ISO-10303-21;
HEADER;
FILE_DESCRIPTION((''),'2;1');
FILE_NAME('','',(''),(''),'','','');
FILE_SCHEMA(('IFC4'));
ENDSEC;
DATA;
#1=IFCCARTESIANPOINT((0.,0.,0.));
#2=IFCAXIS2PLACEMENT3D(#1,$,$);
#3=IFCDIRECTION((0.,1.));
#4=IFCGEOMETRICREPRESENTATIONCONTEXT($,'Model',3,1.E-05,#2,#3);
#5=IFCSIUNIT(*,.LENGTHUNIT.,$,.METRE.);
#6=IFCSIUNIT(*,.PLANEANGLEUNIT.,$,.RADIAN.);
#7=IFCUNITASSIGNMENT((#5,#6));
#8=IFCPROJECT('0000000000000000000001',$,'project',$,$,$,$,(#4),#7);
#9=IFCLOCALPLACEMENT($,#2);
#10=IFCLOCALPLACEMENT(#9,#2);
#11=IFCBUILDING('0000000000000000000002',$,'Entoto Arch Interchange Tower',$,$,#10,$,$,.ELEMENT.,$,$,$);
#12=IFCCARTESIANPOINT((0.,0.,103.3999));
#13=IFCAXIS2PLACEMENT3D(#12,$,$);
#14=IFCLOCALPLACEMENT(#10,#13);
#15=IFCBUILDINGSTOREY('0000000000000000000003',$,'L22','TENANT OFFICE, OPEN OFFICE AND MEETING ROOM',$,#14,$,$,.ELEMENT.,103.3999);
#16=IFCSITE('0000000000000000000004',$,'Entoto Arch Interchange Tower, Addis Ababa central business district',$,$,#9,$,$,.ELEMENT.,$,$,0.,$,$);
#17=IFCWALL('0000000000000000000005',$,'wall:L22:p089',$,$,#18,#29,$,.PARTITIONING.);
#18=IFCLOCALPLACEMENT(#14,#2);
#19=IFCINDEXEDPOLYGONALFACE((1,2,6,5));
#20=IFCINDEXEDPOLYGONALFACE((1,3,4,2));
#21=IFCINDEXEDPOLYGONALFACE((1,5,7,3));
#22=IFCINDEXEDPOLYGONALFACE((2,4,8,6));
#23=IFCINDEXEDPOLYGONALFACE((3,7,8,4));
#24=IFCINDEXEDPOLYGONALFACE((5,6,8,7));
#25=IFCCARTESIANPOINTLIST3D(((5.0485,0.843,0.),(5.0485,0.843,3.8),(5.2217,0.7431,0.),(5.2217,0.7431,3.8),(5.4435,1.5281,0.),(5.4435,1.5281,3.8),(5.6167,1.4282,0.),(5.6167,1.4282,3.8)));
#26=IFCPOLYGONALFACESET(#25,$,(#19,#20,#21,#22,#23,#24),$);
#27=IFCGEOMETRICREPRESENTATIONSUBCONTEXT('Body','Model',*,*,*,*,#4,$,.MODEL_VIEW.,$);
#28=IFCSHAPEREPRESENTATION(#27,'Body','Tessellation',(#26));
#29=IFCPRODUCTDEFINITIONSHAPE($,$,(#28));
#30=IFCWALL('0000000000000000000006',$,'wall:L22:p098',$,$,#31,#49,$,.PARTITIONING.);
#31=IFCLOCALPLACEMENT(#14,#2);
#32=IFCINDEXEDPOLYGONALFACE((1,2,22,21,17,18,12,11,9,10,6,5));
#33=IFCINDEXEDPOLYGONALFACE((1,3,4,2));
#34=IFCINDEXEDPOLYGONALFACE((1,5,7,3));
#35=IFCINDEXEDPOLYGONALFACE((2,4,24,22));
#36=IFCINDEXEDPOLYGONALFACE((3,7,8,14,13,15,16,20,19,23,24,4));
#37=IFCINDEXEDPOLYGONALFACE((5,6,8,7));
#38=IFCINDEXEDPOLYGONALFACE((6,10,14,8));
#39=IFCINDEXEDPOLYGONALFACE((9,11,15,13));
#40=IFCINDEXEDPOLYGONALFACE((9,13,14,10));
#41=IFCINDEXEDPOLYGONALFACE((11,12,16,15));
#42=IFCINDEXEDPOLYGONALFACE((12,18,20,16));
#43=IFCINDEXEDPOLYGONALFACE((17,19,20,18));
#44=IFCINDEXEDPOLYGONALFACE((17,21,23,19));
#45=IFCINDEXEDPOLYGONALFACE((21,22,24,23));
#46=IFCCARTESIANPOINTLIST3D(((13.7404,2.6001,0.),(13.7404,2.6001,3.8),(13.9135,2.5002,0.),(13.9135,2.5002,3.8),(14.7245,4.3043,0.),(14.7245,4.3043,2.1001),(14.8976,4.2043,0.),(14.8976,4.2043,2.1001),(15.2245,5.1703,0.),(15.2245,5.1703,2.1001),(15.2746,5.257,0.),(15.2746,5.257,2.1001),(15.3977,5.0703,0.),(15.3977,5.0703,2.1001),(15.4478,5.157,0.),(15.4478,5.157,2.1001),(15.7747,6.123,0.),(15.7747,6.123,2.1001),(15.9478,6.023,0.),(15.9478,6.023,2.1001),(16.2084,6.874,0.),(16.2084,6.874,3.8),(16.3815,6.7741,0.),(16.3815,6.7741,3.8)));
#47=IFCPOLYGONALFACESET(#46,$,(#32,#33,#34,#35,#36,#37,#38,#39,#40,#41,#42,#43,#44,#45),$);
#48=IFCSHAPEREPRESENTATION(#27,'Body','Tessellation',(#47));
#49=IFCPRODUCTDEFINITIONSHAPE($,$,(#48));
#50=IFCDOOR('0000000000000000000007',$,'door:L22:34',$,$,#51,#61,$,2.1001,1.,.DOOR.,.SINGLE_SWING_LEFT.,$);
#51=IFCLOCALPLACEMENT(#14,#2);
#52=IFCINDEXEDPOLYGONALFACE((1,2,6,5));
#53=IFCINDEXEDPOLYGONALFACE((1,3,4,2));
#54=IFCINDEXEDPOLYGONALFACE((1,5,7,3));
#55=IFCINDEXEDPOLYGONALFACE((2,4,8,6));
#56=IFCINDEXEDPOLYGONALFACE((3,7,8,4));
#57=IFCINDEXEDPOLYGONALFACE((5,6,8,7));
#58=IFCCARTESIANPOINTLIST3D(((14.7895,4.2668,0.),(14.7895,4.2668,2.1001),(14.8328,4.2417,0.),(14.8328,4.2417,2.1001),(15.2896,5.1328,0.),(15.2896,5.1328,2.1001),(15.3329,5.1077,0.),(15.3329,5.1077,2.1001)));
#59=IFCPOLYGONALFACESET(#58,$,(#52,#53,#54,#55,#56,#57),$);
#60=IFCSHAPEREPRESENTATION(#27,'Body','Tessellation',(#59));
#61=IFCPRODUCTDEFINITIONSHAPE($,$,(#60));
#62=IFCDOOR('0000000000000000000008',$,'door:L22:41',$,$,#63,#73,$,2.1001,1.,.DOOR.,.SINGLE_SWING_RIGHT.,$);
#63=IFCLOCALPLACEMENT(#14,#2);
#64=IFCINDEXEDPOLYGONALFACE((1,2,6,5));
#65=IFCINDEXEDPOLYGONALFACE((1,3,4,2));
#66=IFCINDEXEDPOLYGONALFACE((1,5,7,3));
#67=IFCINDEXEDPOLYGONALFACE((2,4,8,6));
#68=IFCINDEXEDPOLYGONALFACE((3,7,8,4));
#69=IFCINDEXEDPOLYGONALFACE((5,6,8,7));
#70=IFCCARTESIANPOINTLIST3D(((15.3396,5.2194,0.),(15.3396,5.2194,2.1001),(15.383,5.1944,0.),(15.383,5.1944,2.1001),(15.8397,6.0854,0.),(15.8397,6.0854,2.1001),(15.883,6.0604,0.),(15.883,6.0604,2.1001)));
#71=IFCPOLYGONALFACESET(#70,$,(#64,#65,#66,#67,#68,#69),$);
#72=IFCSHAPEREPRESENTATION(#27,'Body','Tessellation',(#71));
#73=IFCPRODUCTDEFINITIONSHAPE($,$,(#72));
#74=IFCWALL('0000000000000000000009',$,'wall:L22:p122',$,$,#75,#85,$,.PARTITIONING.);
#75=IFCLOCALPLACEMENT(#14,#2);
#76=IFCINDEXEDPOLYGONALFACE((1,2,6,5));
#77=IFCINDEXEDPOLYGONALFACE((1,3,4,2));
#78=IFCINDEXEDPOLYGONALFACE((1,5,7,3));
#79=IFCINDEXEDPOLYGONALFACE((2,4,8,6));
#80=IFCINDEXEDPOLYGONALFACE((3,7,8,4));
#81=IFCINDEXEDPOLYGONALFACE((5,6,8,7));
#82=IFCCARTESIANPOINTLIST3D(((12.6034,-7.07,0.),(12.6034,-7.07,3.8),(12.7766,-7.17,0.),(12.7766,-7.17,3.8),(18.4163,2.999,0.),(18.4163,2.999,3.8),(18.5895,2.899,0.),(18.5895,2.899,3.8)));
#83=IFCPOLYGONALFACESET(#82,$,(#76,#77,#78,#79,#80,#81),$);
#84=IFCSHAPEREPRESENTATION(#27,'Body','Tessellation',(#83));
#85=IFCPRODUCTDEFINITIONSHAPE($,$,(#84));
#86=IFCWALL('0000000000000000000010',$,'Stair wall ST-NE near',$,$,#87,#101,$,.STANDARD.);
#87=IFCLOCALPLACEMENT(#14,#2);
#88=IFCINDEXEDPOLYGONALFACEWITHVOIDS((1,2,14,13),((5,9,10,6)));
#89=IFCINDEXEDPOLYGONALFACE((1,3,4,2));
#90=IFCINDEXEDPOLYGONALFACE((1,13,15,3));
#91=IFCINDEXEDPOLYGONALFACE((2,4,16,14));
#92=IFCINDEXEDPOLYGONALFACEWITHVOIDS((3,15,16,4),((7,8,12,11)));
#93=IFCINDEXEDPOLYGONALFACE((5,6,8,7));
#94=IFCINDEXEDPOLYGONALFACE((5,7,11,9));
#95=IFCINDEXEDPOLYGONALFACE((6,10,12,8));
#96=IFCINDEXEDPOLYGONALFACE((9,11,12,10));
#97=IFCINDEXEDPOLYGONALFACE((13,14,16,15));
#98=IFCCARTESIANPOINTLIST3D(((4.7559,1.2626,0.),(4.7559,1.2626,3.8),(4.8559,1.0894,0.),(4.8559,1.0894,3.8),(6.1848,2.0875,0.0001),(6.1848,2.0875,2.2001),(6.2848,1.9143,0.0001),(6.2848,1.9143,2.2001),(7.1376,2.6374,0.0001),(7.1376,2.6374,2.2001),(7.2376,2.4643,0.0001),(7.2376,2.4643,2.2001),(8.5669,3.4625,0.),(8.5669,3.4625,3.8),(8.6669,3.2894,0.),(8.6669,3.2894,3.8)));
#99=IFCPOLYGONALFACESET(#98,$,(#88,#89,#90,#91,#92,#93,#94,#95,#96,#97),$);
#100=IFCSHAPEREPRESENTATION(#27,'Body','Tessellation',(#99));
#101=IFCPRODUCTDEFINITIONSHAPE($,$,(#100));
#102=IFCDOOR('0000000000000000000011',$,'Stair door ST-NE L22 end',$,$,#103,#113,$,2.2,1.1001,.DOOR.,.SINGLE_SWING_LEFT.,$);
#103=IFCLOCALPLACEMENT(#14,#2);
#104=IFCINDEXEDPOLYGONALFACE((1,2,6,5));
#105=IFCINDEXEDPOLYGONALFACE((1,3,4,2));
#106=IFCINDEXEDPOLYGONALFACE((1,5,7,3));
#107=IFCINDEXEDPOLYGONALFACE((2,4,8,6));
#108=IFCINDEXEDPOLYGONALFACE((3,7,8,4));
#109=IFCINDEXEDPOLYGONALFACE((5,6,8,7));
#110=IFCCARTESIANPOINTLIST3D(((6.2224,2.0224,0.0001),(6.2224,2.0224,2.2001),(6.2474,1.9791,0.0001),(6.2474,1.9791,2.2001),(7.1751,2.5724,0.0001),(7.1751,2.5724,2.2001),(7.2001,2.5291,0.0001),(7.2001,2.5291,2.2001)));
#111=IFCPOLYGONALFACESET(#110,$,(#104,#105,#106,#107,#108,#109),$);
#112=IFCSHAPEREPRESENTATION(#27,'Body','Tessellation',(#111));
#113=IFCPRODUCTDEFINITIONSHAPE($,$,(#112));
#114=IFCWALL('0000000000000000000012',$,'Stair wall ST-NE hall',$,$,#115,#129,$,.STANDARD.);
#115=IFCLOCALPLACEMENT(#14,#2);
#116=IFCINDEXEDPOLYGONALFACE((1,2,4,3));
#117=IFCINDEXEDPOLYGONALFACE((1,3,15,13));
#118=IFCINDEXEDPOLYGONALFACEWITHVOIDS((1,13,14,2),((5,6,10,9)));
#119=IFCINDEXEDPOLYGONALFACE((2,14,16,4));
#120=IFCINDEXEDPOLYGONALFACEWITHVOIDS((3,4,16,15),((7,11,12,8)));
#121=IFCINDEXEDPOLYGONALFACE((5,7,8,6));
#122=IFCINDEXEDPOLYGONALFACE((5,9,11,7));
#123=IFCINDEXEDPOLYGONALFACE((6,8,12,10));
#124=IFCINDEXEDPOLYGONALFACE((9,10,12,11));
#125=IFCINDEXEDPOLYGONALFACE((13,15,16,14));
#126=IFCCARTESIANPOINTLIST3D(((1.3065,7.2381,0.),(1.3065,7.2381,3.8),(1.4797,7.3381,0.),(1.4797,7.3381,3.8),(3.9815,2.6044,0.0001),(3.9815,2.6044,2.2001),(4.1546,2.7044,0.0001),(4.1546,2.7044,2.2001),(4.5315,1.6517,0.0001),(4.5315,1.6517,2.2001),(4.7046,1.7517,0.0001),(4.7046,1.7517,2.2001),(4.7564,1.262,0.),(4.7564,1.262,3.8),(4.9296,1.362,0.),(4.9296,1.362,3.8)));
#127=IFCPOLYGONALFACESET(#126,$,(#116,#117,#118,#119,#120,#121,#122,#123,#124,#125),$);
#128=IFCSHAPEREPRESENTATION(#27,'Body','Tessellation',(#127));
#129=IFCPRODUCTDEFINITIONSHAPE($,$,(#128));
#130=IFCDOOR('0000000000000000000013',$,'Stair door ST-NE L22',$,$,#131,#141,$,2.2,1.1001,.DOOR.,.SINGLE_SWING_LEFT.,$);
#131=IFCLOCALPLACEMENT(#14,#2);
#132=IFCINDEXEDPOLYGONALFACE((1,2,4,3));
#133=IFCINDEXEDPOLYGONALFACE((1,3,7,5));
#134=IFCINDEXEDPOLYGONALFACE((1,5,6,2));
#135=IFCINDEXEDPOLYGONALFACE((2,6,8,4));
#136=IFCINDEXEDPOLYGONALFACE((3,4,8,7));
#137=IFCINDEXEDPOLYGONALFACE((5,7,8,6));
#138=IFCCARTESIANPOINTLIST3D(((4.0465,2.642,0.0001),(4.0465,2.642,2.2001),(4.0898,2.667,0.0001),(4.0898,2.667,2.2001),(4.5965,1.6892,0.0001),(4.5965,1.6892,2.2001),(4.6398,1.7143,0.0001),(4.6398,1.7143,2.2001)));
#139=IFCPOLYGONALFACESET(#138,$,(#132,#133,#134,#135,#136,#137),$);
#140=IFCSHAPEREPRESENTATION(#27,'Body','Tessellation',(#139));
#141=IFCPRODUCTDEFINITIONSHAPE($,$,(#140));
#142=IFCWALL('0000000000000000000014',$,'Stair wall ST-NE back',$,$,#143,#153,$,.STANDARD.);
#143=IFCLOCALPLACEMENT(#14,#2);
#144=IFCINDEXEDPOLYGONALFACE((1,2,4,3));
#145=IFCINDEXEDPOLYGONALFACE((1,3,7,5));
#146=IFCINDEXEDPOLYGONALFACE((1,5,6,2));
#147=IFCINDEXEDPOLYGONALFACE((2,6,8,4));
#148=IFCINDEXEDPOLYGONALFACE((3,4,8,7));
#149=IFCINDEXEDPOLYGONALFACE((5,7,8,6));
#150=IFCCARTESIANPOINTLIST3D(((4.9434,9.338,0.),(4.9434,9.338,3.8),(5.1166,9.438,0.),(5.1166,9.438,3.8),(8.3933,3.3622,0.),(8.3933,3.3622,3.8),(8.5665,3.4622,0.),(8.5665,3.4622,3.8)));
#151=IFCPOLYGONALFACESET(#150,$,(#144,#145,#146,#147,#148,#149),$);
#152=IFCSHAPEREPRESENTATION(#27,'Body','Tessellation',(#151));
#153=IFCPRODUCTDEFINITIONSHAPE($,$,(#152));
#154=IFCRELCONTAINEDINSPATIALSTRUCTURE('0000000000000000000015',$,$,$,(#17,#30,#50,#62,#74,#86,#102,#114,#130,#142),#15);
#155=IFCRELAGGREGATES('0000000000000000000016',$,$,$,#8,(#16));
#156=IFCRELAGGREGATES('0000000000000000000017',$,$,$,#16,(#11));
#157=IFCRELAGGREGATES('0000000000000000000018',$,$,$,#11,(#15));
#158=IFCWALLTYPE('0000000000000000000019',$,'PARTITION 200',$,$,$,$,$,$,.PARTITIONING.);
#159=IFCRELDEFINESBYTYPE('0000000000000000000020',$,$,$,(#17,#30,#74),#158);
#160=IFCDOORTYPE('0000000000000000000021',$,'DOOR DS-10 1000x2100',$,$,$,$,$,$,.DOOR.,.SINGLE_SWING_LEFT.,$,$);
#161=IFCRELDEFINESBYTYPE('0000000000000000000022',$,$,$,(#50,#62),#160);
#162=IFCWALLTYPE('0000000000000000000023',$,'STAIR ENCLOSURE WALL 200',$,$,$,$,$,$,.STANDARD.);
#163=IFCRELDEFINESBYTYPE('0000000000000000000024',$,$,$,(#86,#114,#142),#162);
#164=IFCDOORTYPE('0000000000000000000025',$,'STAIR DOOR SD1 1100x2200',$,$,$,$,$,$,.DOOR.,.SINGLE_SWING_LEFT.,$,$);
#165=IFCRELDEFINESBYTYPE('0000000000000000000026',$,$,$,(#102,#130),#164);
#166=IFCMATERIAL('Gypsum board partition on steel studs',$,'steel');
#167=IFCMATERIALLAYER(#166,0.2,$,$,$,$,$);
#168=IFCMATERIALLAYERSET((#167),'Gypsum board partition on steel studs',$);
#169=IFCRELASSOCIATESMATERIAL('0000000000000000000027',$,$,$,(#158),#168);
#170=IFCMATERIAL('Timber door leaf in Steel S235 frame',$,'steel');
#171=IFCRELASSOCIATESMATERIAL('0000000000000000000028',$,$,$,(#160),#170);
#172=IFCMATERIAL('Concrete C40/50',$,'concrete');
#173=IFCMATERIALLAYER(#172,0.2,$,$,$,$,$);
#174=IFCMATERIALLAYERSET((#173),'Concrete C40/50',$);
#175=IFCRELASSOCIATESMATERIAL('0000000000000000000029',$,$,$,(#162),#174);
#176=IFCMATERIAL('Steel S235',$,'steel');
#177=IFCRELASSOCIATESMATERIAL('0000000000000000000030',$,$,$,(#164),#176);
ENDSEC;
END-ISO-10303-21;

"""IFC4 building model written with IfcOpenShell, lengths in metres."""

from ifc_helpers import new_model, si_unit, direction, frame, frame_2d, origin, place, context, subcontext, project, spatial, rectangle, extrude, material, layer, layer_set, type_object, element, fill, save


model = new_model("IFC4")

# Units and contexts
model_context = context("Model", 3, precision=1e-05, world=origin(), true_north=direction((0.0, 1.0)))
body_context = subcontext(model_context, "Body", "Model", "MODEL_VIEW")
ifc_project = project(units=[si_unit("LENGTHUNIT", "METRE"), si_unit("PLANEANGLEUNIT", "RADIAN")], contexts=[model_context])

# Site, building, storey
site_placement = place(None, origin())
site = spatial("IfcSite", under=ifc_project, at=site_placement, Name="Entoto Arch Interchange Tower, Addis Ababa central business district", CompositionType="ELEMENT", RefElevation=0.0)
building_placement = place(site_placement, origin())
building = spatial("IfcBuilding", under=site, at=building_placement, Name="Entoto Arch Interchange Tower", CompositionType="ELEMENT")
storey_placement = place(building_placement, frame((0.0, 0.0, 103.3999)))
storey = spatial("IfcBuildingStorey", under=building, at=storey_placement, Name="L22", Description="TENANT OFFICE, OPEN OFFICE AND MEETING ROOM", CompositionType="ELEMENT", Elevation=103.3999)

# Shared definitions
ifc_material_1 = material(Name="Concrete C40/50", Category="concrete")
ifc_material_2 = material(Name="Gypsum board partition on steel studs", Category="steel")
ifc_layer_1 = layer(ifc_material_2, 0.2)
ifc_layer_set_1 = layer_set([ifc_layer_1], Name="Gypsum board partition on steel studs")
wall_type_1 = type_object("IfcWallType", Name="PARTITION 200", PredefinedType="PARTITIONING", material=ifc_layer_set_1)

# Shared definitions
ifc_material_3 = material(Name="Timber door leaf in Steel S235 frame", Category="steel")

# Wall
wall_1_placement = place(storey_placement, frame((5.135, 0.793, 0.0), z_axis=(0.0, 0.0, 1.0), x_axis=(0.499526, 0.866299, 0.0)))
element("IfcWall", 1, at=wall_1_placement, inside=storey, type_object=wall_type_1, Name="wall:L22:p089", PredefinedType="PARTITIONING", context=body_context, shape_type="SweptSolid", body=[
    extrude(rectangle(XDim=0.7908, YDim=0.2, at=frame_2d((0.3955, 0.0))), origin(), (0.0, 0.0, 1.0), 3.8),
])

# Wall, openings, doors
wall_2_placement = place(storey_placement, frame((13.8269, 2.55, 0.0), z_axis=(0.0, 0.0, 1.0), x_axis=(0.500071, 0.865985, 0.0)))
wall_2 = element("IfcWall", 2, at=wall_2_placement, inside=storey, type_object=wall_type_1, Name="wall:L22:p098", PredefinedType="PARTITIONING", context=body_context, shape_type="SweptSolid", body=[
    extrude(rectangle(XDim=4.9353, YDim=0.2, at=frame_2d((2.4678, 0.0))), origin(), (0.0, 0.0, 1.0), 3.8),
])
opening_1_placement = place(wall_2_placement, frame((1.968, 0.0, 0.0)))
opening_1 = element("IfcOpeningElement", 3, at=opening_1_placement, cuts=wall_2, PredefinedType="OPENING", context=body_context, shape_type="SweptSolid", body=[
    extrude(rectangle(XDim=1.0, YDim=2.1001, at=frame_2d((0.5, 1.05))), frame((0.0, 0.1099, 0.0), z_axis=(0.0, -1.0, 0.0), x_axis=(1.0, 0.0, 0.0)), (0.0, 0.0, 1.0), 0.22),
])
opening_2_placement = place(wall_2_placement, frame((3.0681, 0.0, 0.0)))
opening_2 = element("IfcOpeningElement", 4, at=opening_2_placement, cuts=wall_2, PredefinedType="OPENING", context=body_context, shape_type="SweptSolid", body=[
    extrude(rectangle(XDim=1.0, YDim=2.1001, at=frame_2d((0.5, 1.05))), frame((0.0, 0.1099, 0.0), z_axis=(0.0, -1.0, 0.0), x_axis=(1.0, 0.0, 0.0)), (0.0, 0.0, 1.0), 0.22),
])
door_type_1 = type_object("IfcDoorType", Name="DOOR DS-10 1000x2100", OperationType="SINGLE_SWING_LEFT", PredefinedType="DOOR", material=ifc_material_3)
door_1_placement = place(opening_1_placement, origin())
door_1 = element("IfcDoor", 5, at=door_1_placement, inside=storey, type_object=door_type_1, Name="door:L22:34", OperationType="SINGLE_SWING_LEFT", OverallHeight=2.1001, OverallWidth=1.0, PredefinedType="DOOR", context=body_context, shape_type="SweptSolid", body=[
    extrude(rectangle(XDim=1.0, YDim=2.1001, at=frame_2d((0.5, 1.05))), frame((0.0, 0.0249, 0.0), z_axis=(0.0, -1.0, 0.0), x_axis=(1.0, 0.0, 0.0)), (0.0, 0.0, 1.0), 0.05),
])
fill(opening_1, door_1)
door_2_placement = place(opening_2_placement, origin())
door_2 = element("IfcDoor", 6, at=door_2_placement, inside=storey, type_object=door_type_1, Name="door:L22:41", OperationType="SINGLE_SWING_RIGHT", OverallHeight=2.1001, OverallWidth=1.0, PredefinedType="DOOR", context=body_context, shape_type="SweptSolid", body=[
    extrude(rectangle(XDim=1.0, YDim=2.1001, at=frame_2d((0.5, 1.05))), frame((0.0, 0.0249, 0.0), z_axis=(0.0, -1.0, 0.0), x_axis=(1.0, 0.0, 0.0)), (0.0, 0.0, 1.0), 0.05),
])
fill(opening_2, door_2)

# Wall
wall_3_placement = place(storey_placement, frame((18.5029, 2.949, 0.0), z_axis=(0.0, 0.0, 1.0), x_axis=(-0.499974, -0.86604, 0.0)))
element("IfcWall", 7, at=wall_3_placement, inside=storey, type_object=wall_type_1, Name="wall:L22:p122", PredefinedType="PARTITIONING", context=body_context, shape_type="SweptSolid", body=[
    extrude(rectangle(XDim=11.6265, YDim=0.2, at=frame_2d((5.8132, 0.0))), origin(), (0.0, 0.0, 1.0), 3.8),
])

# Walls, openings, doors
ifc_layer_2 = layer(ifc_material_1, 0.2)
ifc_layer_set_2 = layer_set([ifc_layer_2], Name="Concrete C40/50")
wall_type_2 = type_object("IfcWallType", Name="STAIR ENCLOSURE WALL 200", PredefinedType="STANDARD", material=ifc_layer_set_2)
wall_4_placement = place(storey_placement, frame((4.8059, 1.176, 0.0), z_axis=(0.0, 0.0, 1.0), x_axis=(0.86606, 0.49994, 0.0)))
wall_4 = element("IfcWall", 8, at=wall_4_placement, inside=storey, type_object=wall_type_2, Name="Stair wall ST-NE near", PredefinedType="STANDARD", context=body_context, shape_type="SweptSolid", body=[
    extrude(rectangle(XDim=4.4004, YDim=0.2, at=frame_2d((2.2002, 0.0))), origin(), (0.0, 0.0, 1.0), 3.8),
])
opening_3_placement = place(wall_4_placement, frame((1.6499, 0.0, 0.0)))
opening_3 = element("IfcOpeningElement", 9, at=opening_3_placement, cuts=wall_4, PredefinedType="OPENING", context=body_context, shape_type="SweptSolid", body=[
    extrude(rectangle(XDim=1.1001, YDim=2.2, at=frame_2d((0.55, 1.1001))), frame((0.0, 0.1099, 0.0), z_axis=(0.0, -1.0, 0.0), x_axis=(1.0, 0.0, 0.0)), (0.0, 0.0, 1.0), 0.22),
])
ifc_material_4 = material(Name="Steel S235", Category="steel")
door_type_2 = type_object("IfcDoorType", Name="STAIR DOOR SD1 1100x2200", OperationType="SINGLE_SWING_LEFT", PredefinedType="DOOR", material=ifc_material_4)
door_3_placement = place(opening_3_placement, origin())
door_3 = element("IfcDoor", 10, at=door_3_placement, inside=storey, type_object=door_type_2, Name="Stair door ST-NE L22 end", OperationType="SINGLE_SWING_LEFT", OverallHeight=2.2, OverallWidth=1.1001, PredefinedType="DOOR", context=body_context, shape_type="SweptSolid", body=[
    extrude(rectangle(XDim=1.1001, YDim=2.2, at=frame_2d((0.55, 1.1001))), frame((0.0, 0.0249, 0.0), z_axis=(0.0, -1.0, 0.0), x_axis=(1.0, 0.0, 0.0)), (0.0, 0.0, 1.0), 0.05),
])
fill(opening_3, door_3)
wall_5_placement = place(storey_placement, frame((4.843, 1.312, 0.0), z_axis=(0.0, 0.0, 1.0), x_axis=(-0.499963, 0.866047, 0.0)))
wall_5 = element("IfcWall", 11, at=wall_5_placement, inside=storey, type_object=wall_type_2, Name="Stair wall ST-NE hall", PredefinedType="STANDARD", context=body_context, shape_type="SweptSolid", body=[
    extrude(rectangle(XDim=6.9004, YDim=0.2, at=frame_2d((3.4502, 0.0))), origin(), (0.0, 0.0, 1.0), 3.8),
])
opening_4_placement = place(wall_5_placement, frame((0.45, 0.0, 0.0)))
opening_4 = element("IfcOpeningElement", 12, at=opening_4_placement, cuts=wall_5, PredefinedType="OPENING", context=body_context, shape_type="SweptSolid", body=[
    extrude(rectangle(XDim=1.1001, YDim=2.2, at=frame_2d((0.55, 1.1001))), frame((0.0, 0.1099, 0.0), z_axis=(0.0, -1.0, 0.0), x_axis=(1.0, 0.0, 0.0)), (0.0, 0.0, 1.0), 0.22),
])
door_4_placement = place(opening_4_placement, origin())
door_4 = element("IfcDoor", 13, at=door_4_placement, inside=storey, type_object=door_type_2, Name="Stair door ST-NE L22", OperationType="SINGLE_SWING_LEFT", OverallHeight=2.2, OverallWidth=1.1001, PredefinedType="DOOR", context=body_context, shape_type="SweptSolid", body=[
    extrude(rectangle(XDim=1.1001, YDim=2.2, at=frame_2d((0.55, 1.1001))), frame((0.0, 0.0249, 0.0), z_axis=(0.0, -1.0, 0.0), x_axis=(1.0, 0.0, 0.0)), (0.0, 0.0, 1.0), 0.05),
])
fill(opening_4, door_4)

# Wall
wall_6_placement = place(storey_placement, frame((8.48, 3.4121, 0.0), z_axis=(0.0, 0.0, 1.0), x_axis=(-0.499979, 0.866038, 0.0)))
element("IfcWall", 14, at=wall_6_placement, inside=storey, type_object=wall_type_2, Name="Stair wall ST-NE back", PredefinedType="STANDARD", context=body_context, shape_type="SweptSolid", body=[
    extrude(rectangle(XDim=6.9001, YDim=0.2, at=frame_2d((3.4502, 0.0))), origin(), (0.0, 0.0, 1.0), 3.8),
])

save(model, "model.ifc")
